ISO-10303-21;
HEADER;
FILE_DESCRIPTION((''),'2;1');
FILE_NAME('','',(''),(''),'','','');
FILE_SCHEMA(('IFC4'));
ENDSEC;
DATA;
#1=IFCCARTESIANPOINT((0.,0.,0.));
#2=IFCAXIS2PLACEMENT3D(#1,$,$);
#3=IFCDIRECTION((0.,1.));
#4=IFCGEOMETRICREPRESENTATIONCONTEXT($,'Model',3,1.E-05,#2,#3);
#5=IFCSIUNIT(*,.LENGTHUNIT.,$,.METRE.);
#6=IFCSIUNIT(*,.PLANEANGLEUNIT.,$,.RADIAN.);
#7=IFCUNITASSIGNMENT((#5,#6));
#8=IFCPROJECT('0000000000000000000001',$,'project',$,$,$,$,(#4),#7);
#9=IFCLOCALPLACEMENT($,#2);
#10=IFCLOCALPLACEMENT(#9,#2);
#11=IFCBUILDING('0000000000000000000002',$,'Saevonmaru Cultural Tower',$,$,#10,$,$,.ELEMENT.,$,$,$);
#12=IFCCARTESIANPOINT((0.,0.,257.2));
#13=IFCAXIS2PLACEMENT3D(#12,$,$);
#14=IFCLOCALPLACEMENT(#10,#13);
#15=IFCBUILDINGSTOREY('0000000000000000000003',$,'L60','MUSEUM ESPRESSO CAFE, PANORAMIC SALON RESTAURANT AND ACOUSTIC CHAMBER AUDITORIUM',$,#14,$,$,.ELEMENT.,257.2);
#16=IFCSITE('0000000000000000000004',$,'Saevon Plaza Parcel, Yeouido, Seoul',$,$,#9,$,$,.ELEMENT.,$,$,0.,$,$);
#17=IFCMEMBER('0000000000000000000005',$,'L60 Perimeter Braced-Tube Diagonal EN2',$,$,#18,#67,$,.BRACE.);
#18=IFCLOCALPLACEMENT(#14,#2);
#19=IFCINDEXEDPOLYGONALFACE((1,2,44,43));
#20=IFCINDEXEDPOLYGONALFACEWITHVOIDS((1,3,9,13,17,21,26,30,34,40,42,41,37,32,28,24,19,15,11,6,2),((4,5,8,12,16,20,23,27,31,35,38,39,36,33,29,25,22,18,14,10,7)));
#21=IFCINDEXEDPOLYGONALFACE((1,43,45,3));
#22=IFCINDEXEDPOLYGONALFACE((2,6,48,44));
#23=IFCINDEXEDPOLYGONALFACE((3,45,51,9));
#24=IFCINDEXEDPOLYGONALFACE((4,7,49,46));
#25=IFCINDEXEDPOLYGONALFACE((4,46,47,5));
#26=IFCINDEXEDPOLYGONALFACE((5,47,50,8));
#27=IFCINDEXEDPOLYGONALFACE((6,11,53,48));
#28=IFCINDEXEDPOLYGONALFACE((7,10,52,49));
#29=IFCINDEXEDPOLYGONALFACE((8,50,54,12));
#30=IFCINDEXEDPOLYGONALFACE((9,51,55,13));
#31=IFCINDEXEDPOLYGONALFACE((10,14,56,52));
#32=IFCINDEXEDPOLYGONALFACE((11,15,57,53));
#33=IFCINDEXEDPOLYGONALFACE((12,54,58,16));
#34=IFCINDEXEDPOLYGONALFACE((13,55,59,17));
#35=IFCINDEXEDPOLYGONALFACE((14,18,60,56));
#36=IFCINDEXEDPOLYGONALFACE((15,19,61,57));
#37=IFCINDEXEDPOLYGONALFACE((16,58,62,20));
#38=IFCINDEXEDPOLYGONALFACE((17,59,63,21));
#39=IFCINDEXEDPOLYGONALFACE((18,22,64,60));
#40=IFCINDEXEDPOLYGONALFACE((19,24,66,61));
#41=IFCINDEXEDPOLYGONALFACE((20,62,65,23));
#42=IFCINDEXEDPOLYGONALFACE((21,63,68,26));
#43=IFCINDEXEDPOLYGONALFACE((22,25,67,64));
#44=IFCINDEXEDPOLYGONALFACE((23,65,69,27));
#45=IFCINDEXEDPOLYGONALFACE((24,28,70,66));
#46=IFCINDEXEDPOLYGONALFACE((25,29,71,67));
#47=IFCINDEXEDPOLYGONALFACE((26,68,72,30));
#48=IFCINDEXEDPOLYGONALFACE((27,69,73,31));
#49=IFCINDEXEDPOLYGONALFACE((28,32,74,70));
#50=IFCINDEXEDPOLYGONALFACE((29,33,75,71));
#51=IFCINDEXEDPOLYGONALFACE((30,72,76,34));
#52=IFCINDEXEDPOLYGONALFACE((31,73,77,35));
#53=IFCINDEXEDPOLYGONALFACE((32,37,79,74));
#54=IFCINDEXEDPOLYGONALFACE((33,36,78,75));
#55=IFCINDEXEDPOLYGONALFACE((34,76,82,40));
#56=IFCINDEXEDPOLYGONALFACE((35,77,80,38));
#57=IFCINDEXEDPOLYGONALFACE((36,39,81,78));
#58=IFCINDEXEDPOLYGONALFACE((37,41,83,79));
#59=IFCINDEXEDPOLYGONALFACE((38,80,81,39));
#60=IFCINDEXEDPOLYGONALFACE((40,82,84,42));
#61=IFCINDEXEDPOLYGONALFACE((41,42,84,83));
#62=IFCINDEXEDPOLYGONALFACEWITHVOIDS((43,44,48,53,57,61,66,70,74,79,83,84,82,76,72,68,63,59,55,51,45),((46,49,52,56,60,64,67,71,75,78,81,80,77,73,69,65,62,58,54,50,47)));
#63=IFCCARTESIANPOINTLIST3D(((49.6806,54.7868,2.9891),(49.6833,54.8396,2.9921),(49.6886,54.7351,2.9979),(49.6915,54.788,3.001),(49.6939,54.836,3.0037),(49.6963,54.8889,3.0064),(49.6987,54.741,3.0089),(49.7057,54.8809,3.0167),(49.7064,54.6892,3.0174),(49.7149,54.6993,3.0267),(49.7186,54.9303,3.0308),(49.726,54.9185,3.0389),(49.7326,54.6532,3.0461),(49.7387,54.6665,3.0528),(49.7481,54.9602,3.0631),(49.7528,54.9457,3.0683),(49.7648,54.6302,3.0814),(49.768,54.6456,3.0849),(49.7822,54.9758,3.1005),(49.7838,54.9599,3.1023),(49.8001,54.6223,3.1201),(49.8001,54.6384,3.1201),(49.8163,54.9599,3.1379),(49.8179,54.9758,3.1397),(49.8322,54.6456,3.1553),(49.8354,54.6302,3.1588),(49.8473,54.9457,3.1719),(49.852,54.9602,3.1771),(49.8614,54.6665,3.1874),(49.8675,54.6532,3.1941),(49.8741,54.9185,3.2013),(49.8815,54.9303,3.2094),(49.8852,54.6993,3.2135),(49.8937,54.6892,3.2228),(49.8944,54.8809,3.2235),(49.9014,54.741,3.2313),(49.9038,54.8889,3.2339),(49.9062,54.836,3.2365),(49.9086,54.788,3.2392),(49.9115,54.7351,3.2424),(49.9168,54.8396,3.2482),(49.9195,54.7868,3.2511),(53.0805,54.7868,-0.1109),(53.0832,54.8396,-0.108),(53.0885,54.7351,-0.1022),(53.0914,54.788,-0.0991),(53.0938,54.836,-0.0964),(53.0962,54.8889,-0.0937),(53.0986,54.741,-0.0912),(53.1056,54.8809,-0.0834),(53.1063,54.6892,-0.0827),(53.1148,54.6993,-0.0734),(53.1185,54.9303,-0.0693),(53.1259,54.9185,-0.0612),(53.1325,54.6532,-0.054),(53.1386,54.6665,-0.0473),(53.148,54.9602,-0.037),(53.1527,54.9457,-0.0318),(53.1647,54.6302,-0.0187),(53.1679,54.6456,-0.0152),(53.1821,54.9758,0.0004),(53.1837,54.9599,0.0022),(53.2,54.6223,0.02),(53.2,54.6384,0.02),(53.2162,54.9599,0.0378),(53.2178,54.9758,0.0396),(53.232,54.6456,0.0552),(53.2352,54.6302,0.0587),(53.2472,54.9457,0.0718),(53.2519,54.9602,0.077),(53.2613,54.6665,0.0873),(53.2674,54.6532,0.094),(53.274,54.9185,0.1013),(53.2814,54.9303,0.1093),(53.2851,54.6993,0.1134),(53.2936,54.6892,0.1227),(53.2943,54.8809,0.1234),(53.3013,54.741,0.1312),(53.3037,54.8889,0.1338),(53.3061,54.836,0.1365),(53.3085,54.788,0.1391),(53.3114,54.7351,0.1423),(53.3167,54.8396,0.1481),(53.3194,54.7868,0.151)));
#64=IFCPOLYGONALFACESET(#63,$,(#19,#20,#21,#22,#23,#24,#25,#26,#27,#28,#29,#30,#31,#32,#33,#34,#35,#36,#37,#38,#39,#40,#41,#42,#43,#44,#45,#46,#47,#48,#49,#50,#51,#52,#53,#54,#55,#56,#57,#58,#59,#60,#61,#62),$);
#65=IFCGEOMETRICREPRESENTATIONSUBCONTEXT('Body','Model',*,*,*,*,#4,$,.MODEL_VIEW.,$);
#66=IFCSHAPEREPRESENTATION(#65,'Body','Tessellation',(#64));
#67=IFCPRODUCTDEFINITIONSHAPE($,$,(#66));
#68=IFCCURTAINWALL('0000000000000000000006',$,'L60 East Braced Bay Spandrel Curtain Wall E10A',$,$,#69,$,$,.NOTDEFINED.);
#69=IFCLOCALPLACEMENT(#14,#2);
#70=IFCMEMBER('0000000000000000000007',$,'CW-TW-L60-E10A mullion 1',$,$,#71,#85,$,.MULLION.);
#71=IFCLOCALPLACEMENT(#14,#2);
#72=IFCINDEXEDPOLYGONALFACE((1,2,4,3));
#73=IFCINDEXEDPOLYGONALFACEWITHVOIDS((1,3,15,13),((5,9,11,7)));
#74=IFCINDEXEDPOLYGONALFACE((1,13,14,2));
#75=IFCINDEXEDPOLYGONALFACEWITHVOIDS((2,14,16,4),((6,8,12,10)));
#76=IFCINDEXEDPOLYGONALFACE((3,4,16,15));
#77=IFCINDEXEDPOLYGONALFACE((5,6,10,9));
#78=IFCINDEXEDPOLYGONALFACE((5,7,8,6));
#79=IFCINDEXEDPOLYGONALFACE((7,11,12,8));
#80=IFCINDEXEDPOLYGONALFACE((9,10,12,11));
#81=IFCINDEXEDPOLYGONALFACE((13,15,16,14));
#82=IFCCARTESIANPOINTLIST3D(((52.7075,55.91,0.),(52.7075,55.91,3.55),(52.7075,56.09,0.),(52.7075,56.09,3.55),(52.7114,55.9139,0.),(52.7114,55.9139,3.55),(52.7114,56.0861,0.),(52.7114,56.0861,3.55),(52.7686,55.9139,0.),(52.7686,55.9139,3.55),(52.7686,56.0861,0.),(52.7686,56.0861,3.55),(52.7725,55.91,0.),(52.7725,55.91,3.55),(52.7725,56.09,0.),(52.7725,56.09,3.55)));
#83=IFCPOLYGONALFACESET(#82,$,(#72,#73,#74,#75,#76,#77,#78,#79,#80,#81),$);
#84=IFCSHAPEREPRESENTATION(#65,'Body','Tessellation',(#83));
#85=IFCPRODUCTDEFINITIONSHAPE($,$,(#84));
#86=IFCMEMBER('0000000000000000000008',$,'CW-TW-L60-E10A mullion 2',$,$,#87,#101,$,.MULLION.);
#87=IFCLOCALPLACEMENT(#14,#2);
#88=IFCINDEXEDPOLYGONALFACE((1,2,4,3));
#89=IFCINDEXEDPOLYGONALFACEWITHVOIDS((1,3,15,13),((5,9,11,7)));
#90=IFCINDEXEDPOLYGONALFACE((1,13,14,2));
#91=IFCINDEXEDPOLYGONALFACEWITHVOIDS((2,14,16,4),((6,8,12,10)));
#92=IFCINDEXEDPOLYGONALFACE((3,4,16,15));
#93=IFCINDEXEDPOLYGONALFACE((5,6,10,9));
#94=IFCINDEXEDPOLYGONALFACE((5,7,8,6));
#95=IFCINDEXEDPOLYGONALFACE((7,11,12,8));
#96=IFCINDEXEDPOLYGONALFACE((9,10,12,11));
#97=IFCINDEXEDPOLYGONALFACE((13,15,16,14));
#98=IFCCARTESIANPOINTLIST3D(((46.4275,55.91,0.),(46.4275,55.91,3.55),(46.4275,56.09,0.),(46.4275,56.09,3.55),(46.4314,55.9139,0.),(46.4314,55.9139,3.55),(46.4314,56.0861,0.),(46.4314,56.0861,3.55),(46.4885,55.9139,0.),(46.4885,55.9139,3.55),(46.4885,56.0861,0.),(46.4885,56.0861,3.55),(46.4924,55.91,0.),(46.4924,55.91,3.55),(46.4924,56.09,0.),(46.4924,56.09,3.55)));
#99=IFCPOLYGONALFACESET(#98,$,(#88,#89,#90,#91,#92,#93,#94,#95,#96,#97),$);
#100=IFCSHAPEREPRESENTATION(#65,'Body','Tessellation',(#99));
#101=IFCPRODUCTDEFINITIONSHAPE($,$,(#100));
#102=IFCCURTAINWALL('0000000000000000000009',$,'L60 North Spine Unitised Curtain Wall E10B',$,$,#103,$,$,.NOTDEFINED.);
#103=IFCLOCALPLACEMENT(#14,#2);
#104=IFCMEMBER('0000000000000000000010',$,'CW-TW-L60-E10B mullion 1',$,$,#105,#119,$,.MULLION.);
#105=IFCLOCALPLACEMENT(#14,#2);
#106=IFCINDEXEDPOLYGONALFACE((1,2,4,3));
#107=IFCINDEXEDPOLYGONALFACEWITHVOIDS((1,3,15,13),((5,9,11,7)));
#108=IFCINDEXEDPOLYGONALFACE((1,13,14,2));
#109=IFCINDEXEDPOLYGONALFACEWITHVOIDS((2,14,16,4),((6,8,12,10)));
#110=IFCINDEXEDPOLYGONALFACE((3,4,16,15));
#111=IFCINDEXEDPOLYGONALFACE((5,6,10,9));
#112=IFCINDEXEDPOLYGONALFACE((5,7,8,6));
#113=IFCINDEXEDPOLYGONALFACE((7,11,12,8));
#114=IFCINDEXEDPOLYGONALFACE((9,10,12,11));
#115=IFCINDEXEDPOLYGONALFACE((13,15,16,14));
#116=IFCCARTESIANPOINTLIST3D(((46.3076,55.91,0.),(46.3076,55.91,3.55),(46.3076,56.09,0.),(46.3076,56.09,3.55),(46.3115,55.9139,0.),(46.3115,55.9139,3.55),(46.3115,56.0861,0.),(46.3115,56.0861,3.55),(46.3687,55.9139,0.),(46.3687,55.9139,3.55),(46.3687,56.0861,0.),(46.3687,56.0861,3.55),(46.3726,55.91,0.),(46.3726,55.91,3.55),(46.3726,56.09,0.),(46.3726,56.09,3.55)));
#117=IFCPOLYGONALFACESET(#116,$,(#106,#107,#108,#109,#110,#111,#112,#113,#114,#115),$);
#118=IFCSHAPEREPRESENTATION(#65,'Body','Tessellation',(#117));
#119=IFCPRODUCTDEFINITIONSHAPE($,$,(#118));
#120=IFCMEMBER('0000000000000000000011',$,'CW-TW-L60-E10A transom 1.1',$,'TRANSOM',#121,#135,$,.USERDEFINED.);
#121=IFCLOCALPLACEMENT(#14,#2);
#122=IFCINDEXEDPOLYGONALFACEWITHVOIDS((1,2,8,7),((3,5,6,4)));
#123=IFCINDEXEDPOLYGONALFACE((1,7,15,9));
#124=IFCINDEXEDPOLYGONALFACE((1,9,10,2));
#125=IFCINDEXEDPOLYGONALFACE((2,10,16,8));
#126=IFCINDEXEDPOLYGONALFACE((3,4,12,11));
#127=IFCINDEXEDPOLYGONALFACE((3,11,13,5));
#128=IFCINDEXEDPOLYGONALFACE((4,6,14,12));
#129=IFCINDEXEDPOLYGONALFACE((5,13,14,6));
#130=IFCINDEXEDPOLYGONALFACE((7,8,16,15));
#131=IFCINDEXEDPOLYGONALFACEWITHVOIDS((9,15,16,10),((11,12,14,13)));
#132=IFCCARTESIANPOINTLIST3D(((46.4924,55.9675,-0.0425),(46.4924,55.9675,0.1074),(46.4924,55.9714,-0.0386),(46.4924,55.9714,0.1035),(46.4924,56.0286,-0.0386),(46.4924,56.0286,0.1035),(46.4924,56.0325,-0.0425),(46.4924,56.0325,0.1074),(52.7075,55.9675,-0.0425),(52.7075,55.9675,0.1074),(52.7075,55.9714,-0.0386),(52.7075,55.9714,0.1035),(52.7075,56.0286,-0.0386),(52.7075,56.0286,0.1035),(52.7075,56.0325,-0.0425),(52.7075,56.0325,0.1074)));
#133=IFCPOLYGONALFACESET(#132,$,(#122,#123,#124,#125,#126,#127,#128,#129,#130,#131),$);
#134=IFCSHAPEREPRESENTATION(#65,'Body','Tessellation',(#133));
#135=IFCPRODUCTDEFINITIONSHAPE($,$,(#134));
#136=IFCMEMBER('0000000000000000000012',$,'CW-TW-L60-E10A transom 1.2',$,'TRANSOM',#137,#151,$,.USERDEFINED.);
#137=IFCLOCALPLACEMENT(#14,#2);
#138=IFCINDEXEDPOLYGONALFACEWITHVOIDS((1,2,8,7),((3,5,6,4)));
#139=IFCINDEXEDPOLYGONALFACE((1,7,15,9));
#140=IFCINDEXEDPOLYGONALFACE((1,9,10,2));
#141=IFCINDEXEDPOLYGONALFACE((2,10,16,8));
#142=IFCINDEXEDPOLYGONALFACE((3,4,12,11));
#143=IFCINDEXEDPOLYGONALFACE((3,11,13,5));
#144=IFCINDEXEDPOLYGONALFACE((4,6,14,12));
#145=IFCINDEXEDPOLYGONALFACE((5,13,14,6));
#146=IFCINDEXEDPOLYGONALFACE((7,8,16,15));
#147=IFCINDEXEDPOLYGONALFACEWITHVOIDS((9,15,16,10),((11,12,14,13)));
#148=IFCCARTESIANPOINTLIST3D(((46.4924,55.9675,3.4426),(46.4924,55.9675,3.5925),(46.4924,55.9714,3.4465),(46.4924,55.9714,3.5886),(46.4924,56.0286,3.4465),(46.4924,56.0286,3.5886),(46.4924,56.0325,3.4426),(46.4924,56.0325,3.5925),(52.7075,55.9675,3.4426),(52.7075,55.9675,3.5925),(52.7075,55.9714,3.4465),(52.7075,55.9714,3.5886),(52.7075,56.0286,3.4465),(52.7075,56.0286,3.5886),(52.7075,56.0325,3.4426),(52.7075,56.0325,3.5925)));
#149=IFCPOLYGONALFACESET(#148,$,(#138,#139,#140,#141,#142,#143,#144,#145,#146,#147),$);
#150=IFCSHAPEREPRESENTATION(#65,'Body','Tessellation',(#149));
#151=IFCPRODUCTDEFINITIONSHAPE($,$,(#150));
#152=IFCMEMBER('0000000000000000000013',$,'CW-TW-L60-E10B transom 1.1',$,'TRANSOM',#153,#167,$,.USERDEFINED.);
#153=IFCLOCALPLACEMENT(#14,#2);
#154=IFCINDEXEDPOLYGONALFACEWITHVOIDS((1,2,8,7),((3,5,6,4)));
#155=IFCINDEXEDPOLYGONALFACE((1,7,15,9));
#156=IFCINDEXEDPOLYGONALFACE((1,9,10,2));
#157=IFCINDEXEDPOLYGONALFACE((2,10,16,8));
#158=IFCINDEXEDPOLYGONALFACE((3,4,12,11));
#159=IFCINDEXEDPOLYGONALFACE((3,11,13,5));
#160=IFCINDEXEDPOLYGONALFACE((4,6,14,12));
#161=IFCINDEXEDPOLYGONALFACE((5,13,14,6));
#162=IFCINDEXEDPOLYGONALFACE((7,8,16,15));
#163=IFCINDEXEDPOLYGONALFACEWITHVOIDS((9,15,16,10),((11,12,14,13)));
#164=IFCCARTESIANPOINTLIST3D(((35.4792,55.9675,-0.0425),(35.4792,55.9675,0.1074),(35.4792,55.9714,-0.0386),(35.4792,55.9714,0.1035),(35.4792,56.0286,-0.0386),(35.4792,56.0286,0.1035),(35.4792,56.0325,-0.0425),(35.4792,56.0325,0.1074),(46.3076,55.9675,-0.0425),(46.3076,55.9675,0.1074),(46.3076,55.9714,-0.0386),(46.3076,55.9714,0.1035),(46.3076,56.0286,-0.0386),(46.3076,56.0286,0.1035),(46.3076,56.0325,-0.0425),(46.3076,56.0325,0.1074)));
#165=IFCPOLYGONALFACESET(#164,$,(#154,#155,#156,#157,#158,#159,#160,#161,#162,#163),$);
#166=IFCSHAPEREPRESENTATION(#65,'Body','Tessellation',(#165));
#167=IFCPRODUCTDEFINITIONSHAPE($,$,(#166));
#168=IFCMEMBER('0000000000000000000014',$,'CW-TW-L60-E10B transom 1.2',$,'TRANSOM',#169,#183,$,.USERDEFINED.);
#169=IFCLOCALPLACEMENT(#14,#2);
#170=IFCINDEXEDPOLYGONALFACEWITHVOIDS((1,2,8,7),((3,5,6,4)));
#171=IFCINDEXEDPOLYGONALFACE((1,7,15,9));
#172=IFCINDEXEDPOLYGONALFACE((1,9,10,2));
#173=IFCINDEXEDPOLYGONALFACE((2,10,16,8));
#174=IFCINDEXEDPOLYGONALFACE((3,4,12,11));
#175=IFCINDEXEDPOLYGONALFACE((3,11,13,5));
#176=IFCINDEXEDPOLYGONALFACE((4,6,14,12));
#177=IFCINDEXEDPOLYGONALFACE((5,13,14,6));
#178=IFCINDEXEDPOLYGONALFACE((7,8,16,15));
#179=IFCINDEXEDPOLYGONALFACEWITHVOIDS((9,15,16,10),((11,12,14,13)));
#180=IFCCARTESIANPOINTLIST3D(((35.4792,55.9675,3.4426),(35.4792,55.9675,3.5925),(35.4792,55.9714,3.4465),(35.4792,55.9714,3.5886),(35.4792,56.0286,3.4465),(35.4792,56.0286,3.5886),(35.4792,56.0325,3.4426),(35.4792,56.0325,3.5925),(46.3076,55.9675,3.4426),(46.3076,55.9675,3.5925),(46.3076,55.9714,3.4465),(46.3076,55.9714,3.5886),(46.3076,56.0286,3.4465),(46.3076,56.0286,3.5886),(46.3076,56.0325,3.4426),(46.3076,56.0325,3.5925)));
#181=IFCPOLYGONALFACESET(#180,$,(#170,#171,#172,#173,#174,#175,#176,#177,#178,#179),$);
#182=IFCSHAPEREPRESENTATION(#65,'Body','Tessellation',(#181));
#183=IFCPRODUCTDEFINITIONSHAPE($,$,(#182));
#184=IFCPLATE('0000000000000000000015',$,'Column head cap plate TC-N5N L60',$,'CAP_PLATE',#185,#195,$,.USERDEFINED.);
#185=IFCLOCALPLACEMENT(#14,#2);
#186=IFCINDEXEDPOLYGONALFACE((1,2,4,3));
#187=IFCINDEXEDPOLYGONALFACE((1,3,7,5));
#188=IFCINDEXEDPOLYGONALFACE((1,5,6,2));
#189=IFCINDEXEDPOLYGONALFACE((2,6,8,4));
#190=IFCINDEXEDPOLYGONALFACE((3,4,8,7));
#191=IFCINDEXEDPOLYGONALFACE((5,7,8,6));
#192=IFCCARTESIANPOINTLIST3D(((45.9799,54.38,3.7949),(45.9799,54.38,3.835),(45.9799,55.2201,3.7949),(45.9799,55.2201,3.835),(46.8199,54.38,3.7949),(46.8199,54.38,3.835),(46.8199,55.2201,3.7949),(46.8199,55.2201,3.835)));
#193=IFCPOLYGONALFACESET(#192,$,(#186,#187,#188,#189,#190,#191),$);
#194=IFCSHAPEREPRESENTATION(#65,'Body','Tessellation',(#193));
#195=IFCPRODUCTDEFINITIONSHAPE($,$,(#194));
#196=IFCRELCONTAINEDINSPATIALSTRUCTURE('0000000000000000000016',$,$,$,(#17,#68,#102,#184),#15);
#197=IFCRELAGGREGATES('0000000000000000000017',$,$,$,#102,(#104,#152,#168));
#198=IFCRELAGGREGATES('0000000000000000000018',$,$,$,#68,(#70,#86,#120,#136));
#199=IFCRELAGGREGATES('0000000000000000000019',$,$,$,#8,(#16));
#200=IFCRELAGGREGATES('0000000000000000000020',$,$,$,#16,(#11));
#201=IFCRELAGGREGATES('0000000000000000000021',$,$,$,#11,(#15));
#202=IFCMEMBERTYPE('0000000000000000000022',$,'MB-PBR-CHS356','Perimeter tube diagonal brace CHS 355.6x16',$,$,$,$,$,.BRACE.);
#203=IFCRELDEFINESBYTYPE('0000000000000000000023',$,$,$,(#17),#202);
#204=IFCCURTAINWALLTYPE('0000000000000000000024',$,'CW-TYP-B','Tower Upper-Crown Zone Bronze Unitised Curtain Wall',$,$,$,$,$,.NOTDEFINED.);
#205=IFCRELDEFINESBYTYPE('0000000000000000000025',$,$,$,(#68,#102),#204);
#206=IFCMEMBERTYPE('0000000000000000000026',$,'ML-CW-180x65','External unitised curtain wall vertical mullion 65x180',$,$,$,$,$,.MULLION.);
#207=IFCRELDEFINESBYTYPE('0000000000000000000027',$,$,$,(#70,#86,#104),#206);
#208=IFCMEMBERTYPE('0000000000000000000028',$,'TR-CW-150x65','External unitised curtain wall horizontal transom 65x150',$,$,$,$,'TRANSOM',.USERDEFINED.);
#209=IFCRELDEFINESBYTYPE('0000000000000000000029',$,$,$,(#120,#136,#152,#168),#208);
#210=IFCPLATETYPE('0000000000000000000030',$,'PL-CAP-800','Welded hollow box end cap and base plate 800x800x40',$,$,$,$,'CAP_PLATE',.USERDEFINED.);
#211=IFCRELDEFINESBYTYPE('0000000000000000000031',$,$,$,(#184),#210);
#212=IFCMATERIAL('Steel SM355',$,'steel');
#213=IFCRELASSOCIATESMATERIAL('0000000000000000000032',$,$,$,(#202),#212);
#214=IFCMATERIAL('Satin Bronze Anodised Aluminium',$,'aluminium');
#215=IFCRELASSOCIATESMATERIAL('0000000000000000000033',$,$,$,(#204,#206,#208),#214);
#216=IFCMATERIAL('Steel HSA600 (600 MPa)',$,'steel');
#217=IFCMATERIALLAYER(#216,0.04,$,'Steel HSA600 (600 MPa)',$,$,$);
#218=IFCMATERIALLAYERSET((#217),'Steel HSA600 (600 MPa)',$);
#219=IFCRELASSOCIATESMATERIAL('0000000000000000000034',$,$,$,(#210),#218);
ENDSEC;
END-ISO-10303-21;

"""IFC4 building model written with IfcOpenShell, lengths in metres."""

from ifc_helpers import new_model, si_unit, direction, frame, origin, origin_2d, place, context, subcontext, project, spatial, rectangle, hollow_rectangle, hollow_circle, extrude, material, layer, layer_set, material_profile, profile_set, type_object, element, aggregate, save


model = new_model("IFC4")

# Units and contexts
model_context = context("Model", 3, precision=1e-05, world=origin(), true_north=direction((0.0, 1.0)))
body_context = subcontext(model_context, "Body", "Model", "MODEL_VIEW")
ifc_project = project(units=[si_unit("LENGTHUNIT", "METRE"), si_unit("PLANEANGLEUNIT", "RADIAN")], contexts=[model_context])

# Site, building, storey
site_placement = place(None, origin())
site = spatial("IfcSite", under=ifc_project, at=site_placement, Name="Saevon Plaza Parcel, Yeouido, Seoul", CompositionType="ELEMENT", RefElevation=0.0)
building_placement = place(site_placement, origin())
building = spatial("IfcBuilding", under=site, at=building_placement, Name="Saevonmaru Cultural Tower", CompositionType="ELEMENT")
storey_placement = place(building_placement, frame((0.0, 0.0, 257.2)))
storey = spatial("IfcBuildingStorey", under=building, at=storey_placement, Name="L60", Description="MUSEUM ESPRESSO CAFE, PANORAMIC SALON RESTAURANT AND ACOUSTIC CHAMBER AUDITORIUM", CompositionType="ELEMENT", Elevation=257.2)

# Shared definitions
ifc_material_1 = material(Name="Steel SM355", Category="steel")

# Member
ifc_material_profile_1 = material_profile(ifc_material_1, hollow_circle(Radius=0.1777, WallThickness=0.0161, at=origin_2d()), Name="CHS-355.6x16")
ifc_profile_set_1 = profile_set([ifc_material_profile_1], Name="Steel SM355")
member_type_1 = type_object("IfcMemberType", Name="MB-PBR-CHS356", Description="Perimeter tube diagonal brace CHS 355.6x16", PredefinedType="BRACE", material=ifc_profile_set_1)
member_1_placement = place(storey_placement, frame((53.2, 54.8, 0.02), z_axis=(-0.738936, 0.0, 0.673776), x_axis=(0.0, -1.0, 0.0)))
element("IfcMember", 1, at=member_1_placement, inside=storey, type_object=member_type_1, Name="L60 Perimeter Braced-Tube Diagonal EN2", PredefinedType="BRACE", context=body_context, shape_type="SweptSolid", body=[
    extrude(hollow_circle(Radius=0.1777, WallThickness=0.0161, at=origin_2d()), origin(), (0.0, 0.0, 1.0), 4.6011),
])

# Curtain wall, members
ifc_material_2 = material(Name="Satin Bronze Anodised Aluminium", Category="aluminium")
curtain_wall_type = type_object("IfcCurtainWallType", Name="CW-TYP-B", Description="Tower Upper-Crown Zone Bronze Unitised Curtain Wall", PredefinedType="NOTDEFINED", material=ifc_material_2)
curtain_wall_1_placement = place(storey_placement, origin())
curtain_wall_1 = element("IfcCurtainWall", 2, at=curtain_wall_1_placement, inside=storey, type_object=curtain_wall_type, Name="L60 East Braced Bay Spandrel Curtain Wall E10A", PredefinedType="NOTDEFINED")
ifc_material_profile_2 = material_profile(ifc_material_2, hollow_rectangle(XDim=0.0649, YDim=0.1799, WallThickness=0.0039, at=origin_2d()), Name="ALU-MULL-180x65x4")
ifc_profile_set_2 = profile_set([ifc_material_profile_2], Name="Satin Bronze Anodised Aluminium")
member_type_2 = type_object("IfcMemberType", Name="ML-CW-180x65", Description="External unitised curtain wall vertical mullion 65x180", PredefinedType="MULLION", material=ifc_profile_set_2)
member_2_placement = place(storey_placement, frame((52.74, 56.0, 0.0), z_axis=(0.0, 0.0, 1.0), x_axis=(-1.0, 0.0, 0.0)))
member_2 = element("IfcMember", 3, at=member_2_placement, type_object=member_type_2, Name="CW-TW-L60-E10A mullion 1", PredefinedType="MULLION", context=body_context, shape_type="SweptSolid", body=[
    extrude(hollow_rectangle(XDim=0.0649, YDim=0.1799, WallThickness=0.0039, at=origin_2d()), origin(), (0.0, 0.0, 1.0), 3.55),
])
member_3_placement = place(storey_placement, frame((46.46, 56.0, 0.0), z_axis=(0.0, 0.0, 1.0), x_axis=(-1.0, 0.0, 0.0)))
member_3 = element("IfcMember", 4, at=member_3_placement, type_object=member_type_2, Name="CW-TW-L60-E10A mullion 2", PredefinedType="MULLION", context=body_context, shape_type="SweptSolid", body=[
    extrude(hollow_rectangle(XDim=0.0649, YDim=0.1799, WallThickness=0.0039, at=origin_2d()), origin(), (0.0, 0.0, 1.0), 3.55),
])

# Curtain wall, member
curtain_wall_2_placement = place(storey_placement, origin())
curtain_wall_2 = element("IfcCurtainWall", 5, at=curtain_wall_2_placement, inside=storey, type_object=curtain_wall_type, Name="L60 North Spine Unitised Curtain Wall E10B", PredefinedType="NOTDEFINED")
member_4_placement = place(storey_placement, frame((46.3401, 56.0, 0.0), z_axis=(0.0, 0.0, 1.0), x_axis=(-1.0, 0.0, 0.0)))
member_4 = element("IfcMember", 6, at=member_4_placement, type_object=member_type_2, Name="CW-TW-L60-E10B mullion 1", PredefinedType="MULLION", context=body_context, shape_type="SweptSolid", body=[
    extrude(hollow_rectangle(XDim=0.0649, YDim=0.1799, WallThickness=0.0039, at=origin_2d()), origin(), (0.0, 0.0, 1.0), 3.55),
])

# Members
ifc_material_profile_3 = material_profile(ifc_material_2, hollow_rectangle(XDim=0.0649, YDim=0.1499, WallThickness=0.0039, at=origin_2d()), Name="ALU-TRAN-150x65x4")
ifc_profile_set_3 = profile_set([ifc_material_profile_3], Name="Satin Bronze Anodised Aluminium")
member_type_3 = type_object("IfcMemberType", Name="TR-CW-150x65", Description="External unitised curtain wall horizontal transom 65x150", ElementType="TRANSOM", PredefinedType="USERDEFINED", material=ifc_profile_set_3)
member_5_placement = place(storey_placement, frame((52.7075, 56.0, 0.0325), z_axis=(-1.0, 0.0, 0.0), x_axis=(0.0, -1.0, 0.0)))
member_5 = element("IfcMember", 7, at=member_5_placement, type_object=member_type_3, Name="CW-TW-L60-E10A transom 1.1", ObjectType="TRANSOM", PredefinedType="USERDEFINED", context=body_context, shape_type="SweptSolid", body=[
    extrude(hollow_rectangle(XDim=0.0649, YDim=0.1499, WallThickness=0.0039, at=origin_2d()), origin(), (0.0, 0.0, 1.0), 6.2151),
])
member_6_placement = place(storey_placement, frame((52.7075, 56.0, 3.5176), z_axis=(-1.0, 0.0, 0.0), x_axis=(0.0, -1.0, 0.0)))
member_6 = element("IfcMember", 8, at=member_6_placement, type_object=member_type_3, Name="CW-TW-L60-E10A transom 1.2", ObjectType="TRANSOM", PredefinedType="USERDEFINED", context=body_context, shape_type="SweptSolid", body=[
    extrude(hollow_rectangle(XDim=0.0649, YDim=0.1499, WallThickness=0.0039, at=origin_2d()), origin(), (0.0, 0.0, 1.0), 6.2151),
])
member_7_placement = place(storey_placement, frame((46.3076, 56.0, 0.0325), z_axis=(-1.0, 0.0, 0.0), x_axis=(0.0, -1.0, 0.0)))
member_7 = element("IfcMember", 9, at=member_7_placement, type_object=member_type_3, Name="CW-TW-L60-E10B transom 1.1", ObjectType="TRANSOM", PredefinedType="USERDEFINED", context=body_context, shape_type="SweptSolid", body=[
    extrude(hollow_rectangle(XDim=0.0649, YDim=0.1499, WallThickness=0.0039, at=origin_2d()), origin(), (0.0, 0.0, 1.0), 10.8284),
])
member_8_placement = place(storey_placement, frame((46.3076, 56.0, 3.5176), z_axis=(-1.0, 0.0, 0.0), x_axis=(0.0, -1.0, 0.0)))
member_8 = element("IfcMember", 10, at=member_8_placement, type_object=member_type_3, Name="CW-TW-L60-E10B transom 1.2", ObjectType="TRANSOM", PredefinedType="USERDEFINED", context=body_context, shape_type="SweptSolid", body=[
    extrude(hollow_rectangle(XDim=0.0649, YDim=0.1499, WallThickness=0.0039, at=origin_2d()), origin(), (0.0, 0.0, 1.0), 10.8284),
])
aggregate(curtain_wall_2, [member_4, member_7, member_8])

# Plate
ifc_material_3 = material(Name="Steel HSA600 (600 MPa)", Category="steel")
ifc_layer_1 = layer(ifc_material_3, 0.04, Name="Steel HSA600 (600 MPa)")
ifc_layer_set_1 = layer_set([ifc_layer_1], Name="Steel HSA600 (600 MPa)")
plate_type_1 = type_object("IfcPlateType", Name="PL-CAP-800", Description="Welded hollow box end cap and base plate 800x800x40", ElementType="CAP_PLATE", PredefinedType="USERDEFINED", material=ifc_layer_set_1)
for number, where, z_axis, x_axis, name in (
    (11, (46.3999, 54.8, 3.7949), (0.0, 0.0, 1.0), (1.0, 0.0, 0.0), "Column head cap plate TC-N5N L60"),
):
    element("IfcPlate", number, at=place(storey_placement, frame(where, z_axis=z_axis, x_axis=x_axis)), inside=storey, type_object=plate_type_1, Name=name, ObjectType="CAP_PLATE", PredefinedType="USERDEFINED", context=body_context, shape_type="SweptSolid", body=[
        extrude(rectangle(XDim=0.8401, YDim=0.8401, at=origin_2d()), origin(), (0.0, 0.0, 1.0), 0.04),
    ])

aggregate(curtain_wall_1, [member_2, member_3, member_5, member_6])

save(model, "model.ifc")
